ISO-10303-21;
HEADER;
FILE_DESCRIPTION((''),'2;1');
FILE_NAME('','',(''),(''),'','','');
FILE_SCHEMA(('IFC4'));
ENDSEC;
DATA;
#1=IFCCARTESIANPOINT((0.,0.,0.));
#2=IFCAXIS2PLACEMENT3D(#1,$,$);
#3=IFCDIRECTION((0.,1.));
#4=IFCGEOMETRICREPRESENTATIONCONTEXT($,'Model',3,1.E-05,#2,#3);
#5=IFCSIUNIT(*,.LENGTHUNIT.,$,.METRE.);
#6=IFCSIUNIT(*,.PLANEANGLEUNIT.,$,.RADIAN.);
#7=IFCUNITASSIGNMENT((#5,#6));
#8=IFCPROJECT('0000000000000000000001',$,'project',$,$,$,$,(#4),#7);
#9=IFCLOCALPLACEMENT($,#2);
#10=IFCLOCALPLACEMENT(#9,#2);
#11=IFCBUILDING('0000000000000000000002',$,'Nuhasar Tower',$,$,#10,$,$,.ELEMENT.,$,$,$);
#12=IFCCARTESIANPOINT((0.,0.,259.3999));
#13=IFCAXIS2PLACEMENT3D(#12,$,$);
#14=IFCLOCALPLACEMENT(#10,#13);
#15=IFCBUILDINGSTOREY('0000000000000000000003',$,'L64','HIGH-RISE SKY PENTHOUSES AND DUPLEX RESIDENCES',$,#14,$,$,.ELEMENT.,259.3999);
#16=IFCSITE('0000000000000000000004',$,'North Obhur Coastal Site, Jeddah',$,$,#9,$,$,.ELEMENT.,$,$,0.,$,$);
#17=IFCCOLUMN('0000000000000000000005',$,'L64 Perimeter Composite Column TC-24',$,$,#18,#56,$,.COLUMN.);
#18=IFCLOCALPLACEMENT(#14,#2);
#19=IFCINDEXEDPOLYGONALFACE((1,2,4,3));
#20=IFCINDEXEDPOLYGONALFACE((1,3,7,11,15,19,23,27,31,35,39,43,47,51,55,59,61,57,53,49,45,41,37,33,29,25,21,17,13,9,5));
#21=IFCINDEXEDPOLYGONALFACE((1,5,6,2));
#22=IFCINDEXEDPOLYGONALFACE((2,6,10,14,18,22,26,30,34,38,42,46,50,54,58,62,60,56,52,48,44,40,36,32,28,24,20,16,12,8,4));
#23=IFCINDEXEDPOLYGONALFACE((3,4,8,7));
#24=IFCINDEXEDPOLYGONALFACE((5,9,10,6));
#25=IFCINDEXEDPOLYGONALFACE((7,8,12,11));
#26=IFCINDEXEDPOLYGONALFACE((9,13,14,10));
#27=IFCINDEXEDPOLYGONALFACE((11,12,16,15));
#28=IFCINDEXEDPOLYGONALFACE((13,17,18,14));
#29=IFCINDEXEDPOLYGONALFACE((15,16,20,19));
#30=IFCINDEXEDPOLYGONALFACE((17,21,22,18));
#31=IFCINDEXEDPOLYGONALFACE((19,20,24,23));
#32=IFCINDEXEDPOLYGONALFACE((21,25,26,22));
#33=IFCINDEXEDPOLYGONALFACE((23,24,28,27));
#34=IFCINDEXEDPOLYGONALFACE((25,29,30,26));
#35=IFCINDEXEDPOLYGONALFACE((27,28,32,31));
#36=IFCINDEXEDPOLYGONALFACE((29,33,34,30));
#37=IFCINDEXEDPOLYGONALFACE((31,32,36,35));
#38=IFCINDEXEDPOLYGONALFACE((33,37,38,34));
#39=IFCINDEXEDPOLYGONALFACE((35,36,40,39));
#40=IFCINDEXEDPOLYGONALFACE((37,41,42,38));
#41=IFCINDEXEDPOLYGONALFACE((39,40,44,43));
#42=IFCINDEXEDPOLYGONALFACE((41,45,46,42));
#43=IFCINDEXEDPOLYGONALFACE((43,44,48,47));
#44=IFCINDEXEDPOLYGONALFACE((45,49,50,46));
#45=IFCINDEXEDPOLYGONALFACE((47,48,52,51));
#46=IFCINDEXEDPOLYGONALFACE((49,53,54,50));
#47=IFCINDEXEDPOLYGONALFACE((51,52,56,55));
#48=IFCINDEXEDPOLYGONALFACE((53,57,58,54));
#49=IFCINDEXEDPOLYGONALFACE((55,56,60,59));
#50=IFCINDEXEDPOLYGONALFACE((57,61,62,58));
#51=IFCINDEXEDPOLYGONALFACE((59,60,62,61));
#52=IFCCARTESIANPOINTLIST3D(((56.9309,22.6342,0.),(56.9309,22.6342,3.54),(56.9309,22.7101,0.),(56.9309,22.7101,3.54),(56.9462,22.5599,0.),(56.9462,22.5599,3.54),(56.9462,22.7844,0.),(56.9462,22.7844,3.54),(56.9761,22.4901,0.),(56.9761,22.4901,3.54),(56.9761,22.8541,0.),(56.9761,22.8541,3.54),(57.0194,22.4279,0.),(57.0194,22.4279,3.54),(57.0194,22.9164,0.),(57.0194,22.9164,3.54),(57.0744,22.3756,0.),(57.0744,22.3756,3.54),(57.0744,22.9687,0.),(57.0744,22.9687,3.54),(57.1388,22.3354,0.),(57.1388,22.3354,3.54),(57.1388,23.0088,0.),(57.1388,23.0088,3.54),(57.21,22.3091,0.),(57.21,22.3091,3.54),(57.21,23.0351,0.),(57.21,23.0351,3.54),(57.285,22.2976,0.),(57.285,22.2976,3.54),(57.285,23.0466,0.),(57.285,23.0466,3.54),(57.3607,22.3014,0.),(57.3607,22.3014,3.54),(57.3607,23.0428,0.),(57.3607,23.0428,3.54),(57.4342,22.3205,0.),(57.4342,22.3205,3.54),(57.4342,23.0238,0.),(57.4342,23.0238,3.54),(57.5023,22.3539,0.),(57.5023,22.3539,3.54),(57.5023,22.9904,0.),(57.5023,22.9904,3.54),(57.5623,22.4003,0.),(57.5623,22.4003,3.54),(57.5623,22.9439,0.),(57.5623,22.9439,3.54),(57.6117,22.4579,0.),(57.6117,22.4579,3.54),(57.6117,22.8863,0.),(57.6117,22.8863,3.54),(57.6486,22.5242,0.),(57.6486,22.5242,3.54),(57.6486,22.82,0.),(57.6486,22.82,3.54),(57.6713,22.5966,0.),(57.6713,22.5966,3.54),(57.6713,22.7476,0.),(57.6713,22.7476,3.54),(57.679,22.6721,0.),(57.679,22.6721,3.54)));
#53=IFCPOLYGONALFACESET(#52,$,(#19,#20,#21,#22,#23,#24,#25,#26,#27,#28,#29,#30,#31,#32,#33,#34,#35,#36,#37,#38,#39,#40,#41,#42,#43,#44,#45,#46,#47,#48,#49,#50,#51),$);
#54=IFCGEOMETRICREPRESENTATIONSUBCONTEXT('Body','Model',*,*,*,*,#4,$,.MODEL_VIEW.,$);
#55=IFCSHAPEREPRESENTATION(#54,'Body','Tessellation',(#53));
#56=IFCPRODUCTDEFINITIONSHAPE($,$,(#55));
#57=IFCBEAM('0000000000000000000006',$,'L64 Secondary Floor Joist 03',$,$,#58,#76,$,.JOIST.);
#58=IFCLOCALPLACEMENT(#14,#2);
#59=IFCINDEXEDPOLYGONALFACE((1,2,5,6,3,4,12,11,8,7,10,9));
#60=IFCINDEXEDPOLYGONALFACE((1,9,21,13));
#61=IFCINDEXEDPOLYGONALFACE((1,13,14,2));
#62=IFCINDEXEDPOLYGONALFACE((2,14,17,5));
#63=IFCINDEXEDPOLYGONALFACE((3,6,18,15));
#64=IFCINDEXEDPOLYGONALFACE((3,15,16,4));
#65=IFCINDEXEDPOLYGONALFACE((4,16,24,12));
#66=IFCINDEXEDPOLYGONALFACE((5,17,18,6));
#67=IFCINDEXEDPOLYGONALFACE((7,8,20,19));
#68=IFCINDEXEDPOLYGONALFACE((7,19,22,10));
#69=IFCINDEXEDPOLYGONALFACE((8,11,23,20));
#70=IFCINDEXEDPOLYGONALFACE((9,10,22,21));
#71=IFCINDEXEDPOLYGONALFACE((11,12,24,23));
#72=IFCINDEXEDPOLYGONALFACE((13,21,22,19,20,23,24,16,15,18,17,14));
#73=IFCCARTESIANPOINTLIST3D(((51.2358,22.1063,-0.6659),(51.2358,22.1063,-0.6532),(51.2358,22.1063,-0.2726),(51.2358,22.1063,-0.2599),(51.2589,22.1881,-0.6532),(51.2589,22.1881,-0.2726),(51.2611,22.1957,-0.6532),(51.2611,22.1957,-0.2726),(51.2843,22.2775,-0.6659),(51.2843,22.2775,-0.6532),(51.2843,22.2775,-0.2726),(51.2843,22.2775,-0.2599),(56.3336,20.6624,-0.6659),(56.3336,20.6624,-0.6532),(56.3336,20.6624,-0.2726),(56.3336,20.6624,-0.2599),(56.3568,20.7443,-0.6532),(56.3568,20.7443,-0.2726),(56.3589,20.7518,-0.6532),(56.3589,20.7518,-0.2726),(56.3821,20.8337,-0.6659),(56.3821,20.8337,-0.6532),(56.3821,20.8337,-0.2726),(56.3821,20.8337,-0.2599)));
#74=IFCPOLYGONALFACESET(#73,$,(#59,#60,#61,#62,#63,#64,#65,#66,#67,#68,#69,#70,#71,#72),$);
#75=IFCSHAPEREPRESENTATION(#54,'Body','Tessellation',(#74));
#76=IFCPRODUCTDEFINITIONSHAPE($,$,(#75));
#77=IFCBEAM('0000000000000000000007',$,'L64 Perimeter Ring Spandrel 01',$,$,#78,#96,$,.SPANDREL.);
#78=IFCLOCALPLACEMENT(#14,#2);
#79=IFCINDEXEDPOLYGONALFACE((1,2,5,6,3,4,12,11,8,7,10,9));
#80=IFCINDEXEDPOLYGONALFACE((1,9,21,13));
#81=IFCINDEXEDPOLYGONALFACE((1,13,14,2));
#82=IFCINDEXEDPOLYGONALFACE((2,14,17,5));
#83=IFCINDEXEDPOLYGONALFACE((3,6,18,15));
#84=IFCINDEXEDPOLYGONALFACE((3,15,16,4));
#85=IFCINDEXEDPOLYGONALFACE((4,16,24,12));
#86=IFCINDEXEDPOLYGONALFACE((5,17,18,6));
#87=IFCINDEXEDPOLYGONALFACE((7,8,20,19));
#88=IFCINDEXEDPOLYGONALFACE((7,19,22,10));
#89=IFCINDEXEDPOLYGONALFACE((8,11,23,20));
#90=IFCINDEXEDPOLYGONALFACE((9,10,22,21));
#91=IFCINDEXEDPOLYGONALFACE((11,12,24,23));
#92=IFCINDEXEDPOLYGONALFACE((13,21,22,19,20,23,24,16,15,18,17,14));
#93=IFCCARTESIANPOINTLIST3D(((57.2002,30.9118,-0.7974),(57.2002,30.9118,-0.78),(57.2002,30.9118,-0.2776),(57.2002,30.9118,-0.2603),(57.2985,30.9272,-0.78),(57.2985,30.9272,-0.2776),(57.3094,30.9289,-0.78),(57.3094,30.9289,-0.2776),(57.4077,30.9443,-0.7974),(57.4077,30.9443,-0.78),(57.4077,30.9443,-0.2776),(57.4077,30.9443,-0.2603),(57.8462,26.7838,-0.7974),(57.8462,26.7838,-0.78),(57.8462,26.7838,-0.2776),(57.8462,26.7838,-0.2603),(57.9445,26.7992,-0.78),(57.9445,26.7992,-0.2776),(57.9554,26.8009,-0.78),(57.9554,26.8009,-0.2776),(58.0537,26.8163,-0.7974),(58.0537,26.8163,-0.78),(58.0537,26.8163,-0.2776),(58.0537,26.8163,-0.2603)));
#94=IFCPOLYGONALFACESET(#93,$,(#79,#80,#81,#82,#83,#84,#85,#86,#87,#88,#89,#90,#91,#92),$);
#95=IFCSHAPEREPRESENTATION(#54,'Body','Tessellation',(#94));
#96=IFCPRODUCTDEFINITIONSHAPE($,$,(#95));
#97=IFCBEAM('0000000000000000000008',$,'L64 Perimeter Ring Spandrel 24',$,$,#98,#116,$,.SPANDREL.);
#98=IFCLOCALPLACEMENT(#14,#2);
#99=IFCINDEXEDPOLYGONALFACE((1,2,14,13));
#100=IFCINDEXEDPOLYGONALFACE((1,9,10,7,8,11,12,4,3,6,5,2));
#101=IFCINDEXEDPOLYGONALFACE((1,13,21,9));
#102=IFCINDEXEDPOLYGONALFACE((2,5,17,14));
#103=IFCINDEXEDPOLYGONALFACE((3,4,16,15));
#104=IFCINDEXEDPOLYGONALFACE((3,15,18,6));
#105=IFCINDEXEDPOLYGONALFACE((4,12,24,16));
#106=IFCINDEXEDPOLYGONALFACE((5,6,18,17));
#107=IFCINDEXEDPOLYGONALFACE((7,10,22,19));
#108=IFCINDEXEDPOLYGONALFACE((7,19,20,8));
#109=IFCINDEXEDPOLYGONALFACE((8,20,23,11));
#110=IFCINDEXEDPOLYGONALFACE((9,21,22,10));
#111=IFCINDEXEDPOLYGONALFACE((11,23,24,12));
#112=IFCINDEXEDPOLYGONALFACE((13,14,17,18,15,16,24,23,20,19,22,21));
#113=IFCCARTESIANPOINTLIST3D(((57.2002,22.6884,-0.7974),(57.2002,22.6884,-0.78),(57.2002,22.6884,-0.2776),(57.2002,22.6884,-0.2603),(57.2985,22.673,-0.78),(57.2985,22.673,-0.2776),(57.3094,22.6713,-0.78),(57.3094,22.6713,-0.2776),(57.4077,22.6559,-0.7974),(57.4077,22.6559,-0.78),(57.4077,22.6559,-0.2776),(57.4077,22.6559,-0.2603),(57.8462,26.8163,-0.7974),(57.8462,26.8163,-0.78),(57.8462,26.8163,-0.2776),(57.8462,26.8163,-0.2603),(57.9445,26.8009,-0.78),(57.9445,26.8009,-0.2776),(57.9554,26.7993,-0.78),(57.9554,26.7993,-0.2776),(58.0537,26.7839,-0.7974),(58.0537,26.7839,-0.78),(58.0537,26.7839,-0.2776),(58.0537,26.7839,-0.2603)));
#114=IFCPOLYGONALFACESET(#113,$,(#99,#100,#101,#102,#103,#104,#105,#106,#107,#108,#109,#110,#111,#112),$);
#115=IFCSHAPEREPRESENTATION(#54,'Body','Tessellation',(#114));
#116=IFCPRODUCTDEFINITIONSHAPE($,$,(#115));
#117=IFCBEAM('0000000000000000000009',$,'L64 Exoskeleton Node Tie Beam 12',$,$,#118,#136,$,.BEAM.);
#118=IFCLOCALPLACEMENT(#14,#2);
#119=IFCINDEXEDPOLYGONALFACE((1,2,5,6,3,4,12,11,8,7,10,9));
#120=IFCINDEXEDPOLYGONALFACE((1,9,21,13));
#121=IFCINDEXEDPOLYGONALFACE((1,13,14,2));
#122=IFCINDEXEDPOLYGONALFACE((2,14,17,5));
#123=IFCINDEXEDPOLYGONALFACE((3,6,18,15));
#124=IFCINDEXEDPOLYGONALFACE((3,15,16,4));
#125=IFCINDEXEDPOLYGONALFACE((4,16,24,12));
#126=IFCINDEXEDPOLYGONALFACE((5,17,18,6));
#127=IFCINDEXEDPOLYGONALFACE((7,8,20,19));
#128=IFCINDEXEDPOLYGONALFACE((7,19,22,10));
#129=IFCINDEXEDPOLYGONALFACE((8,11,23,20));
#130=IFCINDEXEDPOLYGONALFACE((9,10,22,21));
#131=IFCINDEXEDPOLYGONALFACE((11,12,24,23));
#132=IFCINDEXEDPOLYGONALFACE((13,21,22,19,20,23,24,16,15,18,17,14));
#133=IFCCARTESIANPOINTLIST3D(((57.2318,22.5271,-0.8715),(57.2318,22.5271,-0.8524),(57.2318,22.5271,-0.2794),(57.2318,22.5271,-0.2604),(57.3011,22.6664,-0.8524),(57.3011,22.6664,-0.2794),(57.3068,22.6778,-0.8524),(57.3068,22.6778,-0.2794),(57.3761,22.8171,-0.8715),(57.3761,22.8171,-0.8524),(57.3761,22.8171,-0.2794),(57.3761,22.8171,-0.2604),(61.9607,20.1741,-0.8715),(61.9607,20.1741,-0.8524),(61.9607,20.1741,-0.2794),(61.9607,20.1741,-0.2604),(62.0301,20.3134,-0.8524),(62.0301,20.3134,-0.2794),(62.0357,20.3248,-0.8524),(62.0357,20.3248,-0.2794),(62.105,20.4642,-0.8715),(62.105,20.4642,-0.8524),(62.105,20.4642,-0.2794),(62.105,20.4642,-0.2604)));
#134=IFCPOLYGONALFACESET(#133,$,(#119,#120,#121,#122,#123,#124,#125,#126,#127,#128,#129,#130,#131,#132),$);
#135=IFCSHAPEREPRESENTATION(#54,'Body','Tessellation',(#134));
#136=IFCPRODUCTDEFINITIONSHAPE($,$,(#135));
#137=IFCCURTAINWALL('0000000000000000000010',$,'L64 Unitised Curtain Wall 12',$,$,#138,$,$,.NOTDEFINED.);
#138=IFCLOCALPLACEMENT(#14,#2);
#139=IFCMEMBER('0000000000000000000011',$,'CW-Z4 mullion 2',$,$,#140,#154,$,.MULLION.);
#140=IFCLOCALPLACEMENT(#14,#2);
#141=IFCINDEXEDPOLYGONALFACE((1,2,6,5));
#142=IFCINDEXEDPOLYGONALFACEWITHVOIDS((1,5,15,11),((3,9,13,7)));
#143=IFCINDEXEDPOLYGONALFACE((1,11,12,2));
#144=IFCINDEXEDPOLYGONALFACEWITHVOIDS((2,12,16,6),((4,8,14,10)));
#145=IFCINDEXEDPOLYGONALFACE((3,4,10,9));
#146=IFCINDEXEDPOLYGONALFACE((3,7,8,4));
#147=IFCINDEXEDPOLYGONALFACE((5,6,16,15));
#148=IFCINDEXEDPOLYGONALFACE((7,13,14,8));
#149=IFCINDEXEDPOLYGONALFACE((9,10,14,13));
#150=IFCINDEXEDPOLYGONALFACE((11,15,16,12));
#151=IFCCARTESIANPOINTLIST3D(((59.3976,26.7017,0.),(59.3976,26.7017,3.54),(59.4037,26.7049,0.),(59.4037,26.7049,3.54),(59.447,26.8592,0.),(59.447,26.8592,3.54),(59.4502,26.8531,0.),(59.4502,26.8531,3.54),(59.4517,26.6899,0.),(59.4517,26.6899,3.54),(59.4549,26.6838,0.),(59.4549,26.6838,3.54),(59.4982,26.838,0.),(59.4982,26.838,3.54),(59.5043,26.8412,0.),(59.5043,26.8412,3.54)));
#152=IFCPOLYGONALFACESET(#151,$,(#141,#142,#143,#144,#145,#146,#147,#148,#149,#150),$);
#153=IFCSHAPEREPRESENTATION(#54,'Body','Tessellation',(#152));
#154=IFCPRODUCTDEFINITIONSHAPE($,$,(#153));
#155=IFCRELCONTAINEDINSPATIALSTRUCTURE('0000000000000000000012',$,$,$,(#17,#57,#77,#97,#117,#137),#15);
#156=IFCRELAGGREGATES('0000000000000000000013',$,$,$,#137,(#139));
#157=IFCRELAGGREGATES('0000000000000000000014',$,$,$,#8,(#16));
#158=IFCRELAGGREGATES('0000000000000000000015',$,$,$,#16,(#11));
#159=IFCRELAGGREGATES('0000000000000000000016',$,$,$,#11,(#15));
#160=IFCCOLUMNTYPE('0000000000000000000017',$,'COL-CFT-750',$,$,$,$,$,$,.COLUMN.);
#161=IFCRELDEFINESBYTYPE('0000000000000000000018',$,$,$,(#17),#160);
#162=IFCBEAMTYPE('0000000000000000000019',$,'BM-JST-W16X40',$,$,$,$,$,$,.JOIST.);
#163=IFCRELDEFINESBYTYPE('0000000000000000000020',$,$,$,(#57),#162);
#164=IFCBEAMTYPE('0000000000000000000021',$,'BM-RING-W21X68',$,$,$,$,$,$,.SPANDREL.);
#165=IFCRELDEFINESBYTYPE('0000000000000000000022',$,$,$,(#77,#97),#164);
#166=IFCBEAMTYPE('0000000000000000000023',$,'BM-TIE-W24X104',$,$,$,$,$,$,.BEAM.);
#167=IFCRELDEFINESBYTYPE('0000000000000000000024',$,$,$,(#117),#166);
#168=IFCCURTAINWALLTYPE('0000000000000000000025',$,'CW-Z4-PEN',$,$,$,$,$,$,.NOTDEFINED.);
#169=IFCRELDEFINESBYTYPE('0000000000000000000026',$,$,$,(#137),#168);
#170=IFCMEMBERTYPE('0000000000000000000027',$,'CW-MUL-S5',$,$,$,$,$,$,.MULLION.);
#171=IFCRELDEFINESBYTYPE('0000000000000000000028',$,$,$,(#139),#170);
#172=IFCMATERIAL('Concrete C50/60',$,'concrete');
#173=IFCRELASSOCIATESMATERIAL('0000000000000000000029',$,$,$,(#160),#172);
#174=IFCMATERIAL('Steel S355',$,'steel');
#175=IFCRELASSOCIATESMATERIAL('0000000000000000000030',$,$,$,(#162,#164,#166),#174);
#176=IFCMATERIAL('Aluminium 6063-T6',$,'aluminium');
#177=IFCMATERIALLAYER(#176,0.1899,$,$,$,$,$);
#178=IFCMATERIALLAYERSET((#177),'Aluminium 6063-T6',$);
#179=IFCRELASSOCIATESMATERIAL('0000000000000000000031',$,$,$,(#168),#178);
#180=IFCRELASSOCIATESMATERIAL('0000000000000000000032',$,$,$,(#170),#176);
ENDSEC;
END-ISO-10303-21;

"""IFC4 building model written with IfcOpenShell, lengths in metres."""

from ifc_helpers import new_model, si_unit, direction, frame, origin, origin_2d, place, context, subcontext, project, spatial, hollow_rectangle, circle, i_section, extrude, material, layer, layer_set, material_profile, profile_set, type_object, element, aggregate, save


model = new_model("IFC4")

# Units and contexts
model_context = context("Model", 3, precision=1e-05, world=origin(), true_north=direction((0.0, 1.0)))
body_context = subcontext(model_context, "Body", "Model", "MODEL_VIEW")
ifc_project = project(units=[si_unit("LENGTHUNIT", "METRE"), si_unit("PLANEANGLEUNIT", "RADIAN")], contexts=[model_context])

# Site, building, storey
site_placement = place(None, origin())
site = spatial("IfcSite", under=ifc_project, at=site_placement, Name="North Obhur Coastal Site, Jeddah", CompositionType="ELEMENT", RefElevation=0.0)
building_placement = place(site_placement, origin())
building = spatial("IfcBuilding", under=site, at=building_placement, Name="Nuhasar Tower", CompositionType="ELEMENT")
storey_placement = place(building_placement, frame((0.0, 0.0, 259.3999)))
storey = spatial("IfcBuildingStorey", under=building, at=storey_placement, Name="L64", Description="HIGH-RISE SKY PENTHOUSES AND DUPLEX RESIDENCES", CompositionType="ELEMENT", Elevation=259.3999)

# Column
ifc_material_1 = material(Name="Concrete C50/60", Category="concrete")
ifc_material_profile_1 = material_profile(ifc_material_1, circle(Radius=0.375, at=origin_2d()), Name="CFT750")
ifc_profile_set_1 = profile_set([ifc_material_profile_1], Name="Concrete C50/60")
column_type = type_object("IfcColumnType", Name="COL-CFT-750", PredefinedType="COLUMN", material=ifc_profile_set_1)
column_placement = place(storey_placement, frame((57.304, 22.6721, 0.0), z_axis=(0.0, 0.0, 1.0), x_axis=(1.0, 0.0, 0.0)))
element("IfcColumn", 1, at=column_placement, inside=storey, type_object=column_type, Name="L64 Perimeter Composite Column TC-24", PredefinedType="COLUMN", context=body_context, shape_type="SweptSolid", body=[
    extrude(circle(Radius=0.375, at=origin_2d()), origin(), (0.0, 0.0, 1.0), 3.54),
])

# Beams
ifc_material_2 = material(Name="Steel S355", Category="steel")
ifc_material_profile_2 = material_profile(ifc_material_2, i_section(OverallWidth=0.178, OverallDepth=0.406, WebThickness=0.0078, FlangeThickness=0.0127, at=origin_2d()), Name="W16X40")
ifc_profile_set_2 = profile_set([ifc_material_profile_2], Name="Steel S355")
beam_type_1 = type_object("IfcBeamType", Name="BM-JST-W16X40", PredefinedType="JOIST", material=ifc_profile_set_2)
beam_1_placement = place(storey_placement, frame((51.26, 22.1919, -0.4629), z_axis=(0.962154, -0.272505, 0.0), x_axis=(0.272505, 0.962154, 0.0)))
element("IfcBeam", 2, at=beam_1_placement, inside=storey, type_object=beam_type_1, Name="L64 Secondary Floor Joist 03", PredefinedType="JOIST", context=body_context, shape_type="SweptSolid", body=[
    extrude(i_section(OverallWidth=0.178, OverallDepth=0.406, WebThickness=0.0078, FlangeThickness=0.0127, at=origin_2d()), origin(), (0.0, 0.0, 1.0), 5.2983),
])
ifc_material_profile_3 = material_profile(ifc_material_2, i_section(OverallWidth=0.21, OverallDepth=0.5371, WebThickness=0.011, FlangeThickness=0.0173, at=origin_2d()), Name="W21X68")
ifc_profile_set_3 = profile_set([ifc_material_profile_3], Name="Steel S355")
beam_type_2 = type_object("IfcBeamType", Name="BM-RING-W21X68", PredefinedType="SPANDREL", material=ifc_profile_set_3)
for number, where, z_axis, x_axis, name in (
    (3, (57.95, 26.8, -0.5288), (-0.154612, 0.987975, 0.0), (-0.987975, -0.154612, 0.0), "L64 Perimeter Ring Spandrel 01"),
    (4, (57.304, 22.6721, -0.5288), (0.154612, 0.987975, 0.0), (-0.987975, 0.154612, 0.0), "L64 Perimeter Ring Spandrel 24"),
):
    element("IfcBeam", number, at=place(storey_placement, frame(where, z_axis=z_axis, x_axis=x_axis)), inside=storey, type_object=beam_type_2, Name=name, PredefinedType="SPANDREL", context=body_context, shape_type="SweptSolid", body=[
        extrude(i_section(OverallWidth=0.21, OverallDepth=0.5371, WebThickness=0.011, FlangeThickness=0.0173, at=origin_2d()), origin(), (0.0, 0.0, 1.0), 4.1782),
    ])
ifc_material_profile_4 = material_profile(ifc_material_2, i_section(OverallWidth=0.324, OverallDepth=0.6111, WebThickness=0.0127, FlangeThickness=0.019, at=origin_2d()), Name="W24X104")
ifc_profile_set_4 = profile_set([ifc_material_profile_4], Name="Steel S355")
beam_type_3 = type_object("IfcBeamType", Name="BM-TIE-W24X104", PredefinedType="BEAM", material=ifc_profile_set_4)
beam_2_placement = place(storey_placement, frame((57.304, 22.6721, -0.5659), z_axis=(0.895294, -0.445475, 0.0), x_axis=(0.445475, 0.895294, 0.0)))
element("IfcBeam", 5, at=beam_2_placement, inside=storey, type_object=beam_type_3, Name="L64 Exoskeleton Node Tie Beam 12", PredefinedType="BEAM", context=body_context, shape_type="SweptSolid", body=[
    extrude(i_section(OverallWidth=0.324, OverallDepth=0.6111, WebThickness=0.0127, FlangeThickness=0.019, at=origin_2d()), origin(), (0.0, 0.0, 1.0), 5.282),
])

# Curtain wall, member
ifc_material_3 = material(Name="Aluminium 6063-T6", Category="aluminium")
ifc_layer_1 = layer(ifc_material_3, 0.1899)
ifc_layer_set_1 = layer_set([ifc_layer_1], Name="Aluminium 6063-T6")
curtain_wall_type = type_object("IfcCurtainWallType", Name="CW-Z4-PEN", PredefinedType="NOTDEFINED", material=ifc_layer_set_1)
curtain_wall_placement = place(storey_placement, origin())
curtain_wall = element("IfcCurtainWall", 6, at=curtain_wall_placement, inside=storey, type_object=curtain_wall_type, Name="L64 Unitised Curtain Wall 12", PredefinedType="NOTDEFINED")
ifc_material_profile_5 = material_profile(ifc_material_3, hollow_rectangle(XDim=0.0601, YDim=0.165, WallThickness=0.0049, at=origin_2d()), Name="CWM-5")
ifc_profile_set_5 = profile_set([ifc_material_profile_5], Name="Aluminium 6063-T6")
member_type_1 = type_object("IfcMemberType", Name="CW-MUL-S5", PredefinedType="MULLION", material=ifc_profile_set_5)
member_1_placement = place(storey_placement, frame((59.4509, 26.7715, 0.0), z_axis=(0.0, 0.0, 1.0), x_axis=(-0.954079, 0.299557, 0.0)))
member_1 = element("IfcMember", 7, at=member_1_placement, type_object=member_type_1, Name="CW-Z4 mullion 2", PredefinedType="MULLION", context=body_context, shape_type="SweptSolid", body=[
    extrude(hollow_rectangle(XDim=0.0601, YDim=0.165, WallThickness=0.0049, at=origin_2d()), origin(), (0.0, 0.0, 1.0), 3.54),
])

aggregate(curtain_wall, [member_1])

save(model, "model.ifc")
